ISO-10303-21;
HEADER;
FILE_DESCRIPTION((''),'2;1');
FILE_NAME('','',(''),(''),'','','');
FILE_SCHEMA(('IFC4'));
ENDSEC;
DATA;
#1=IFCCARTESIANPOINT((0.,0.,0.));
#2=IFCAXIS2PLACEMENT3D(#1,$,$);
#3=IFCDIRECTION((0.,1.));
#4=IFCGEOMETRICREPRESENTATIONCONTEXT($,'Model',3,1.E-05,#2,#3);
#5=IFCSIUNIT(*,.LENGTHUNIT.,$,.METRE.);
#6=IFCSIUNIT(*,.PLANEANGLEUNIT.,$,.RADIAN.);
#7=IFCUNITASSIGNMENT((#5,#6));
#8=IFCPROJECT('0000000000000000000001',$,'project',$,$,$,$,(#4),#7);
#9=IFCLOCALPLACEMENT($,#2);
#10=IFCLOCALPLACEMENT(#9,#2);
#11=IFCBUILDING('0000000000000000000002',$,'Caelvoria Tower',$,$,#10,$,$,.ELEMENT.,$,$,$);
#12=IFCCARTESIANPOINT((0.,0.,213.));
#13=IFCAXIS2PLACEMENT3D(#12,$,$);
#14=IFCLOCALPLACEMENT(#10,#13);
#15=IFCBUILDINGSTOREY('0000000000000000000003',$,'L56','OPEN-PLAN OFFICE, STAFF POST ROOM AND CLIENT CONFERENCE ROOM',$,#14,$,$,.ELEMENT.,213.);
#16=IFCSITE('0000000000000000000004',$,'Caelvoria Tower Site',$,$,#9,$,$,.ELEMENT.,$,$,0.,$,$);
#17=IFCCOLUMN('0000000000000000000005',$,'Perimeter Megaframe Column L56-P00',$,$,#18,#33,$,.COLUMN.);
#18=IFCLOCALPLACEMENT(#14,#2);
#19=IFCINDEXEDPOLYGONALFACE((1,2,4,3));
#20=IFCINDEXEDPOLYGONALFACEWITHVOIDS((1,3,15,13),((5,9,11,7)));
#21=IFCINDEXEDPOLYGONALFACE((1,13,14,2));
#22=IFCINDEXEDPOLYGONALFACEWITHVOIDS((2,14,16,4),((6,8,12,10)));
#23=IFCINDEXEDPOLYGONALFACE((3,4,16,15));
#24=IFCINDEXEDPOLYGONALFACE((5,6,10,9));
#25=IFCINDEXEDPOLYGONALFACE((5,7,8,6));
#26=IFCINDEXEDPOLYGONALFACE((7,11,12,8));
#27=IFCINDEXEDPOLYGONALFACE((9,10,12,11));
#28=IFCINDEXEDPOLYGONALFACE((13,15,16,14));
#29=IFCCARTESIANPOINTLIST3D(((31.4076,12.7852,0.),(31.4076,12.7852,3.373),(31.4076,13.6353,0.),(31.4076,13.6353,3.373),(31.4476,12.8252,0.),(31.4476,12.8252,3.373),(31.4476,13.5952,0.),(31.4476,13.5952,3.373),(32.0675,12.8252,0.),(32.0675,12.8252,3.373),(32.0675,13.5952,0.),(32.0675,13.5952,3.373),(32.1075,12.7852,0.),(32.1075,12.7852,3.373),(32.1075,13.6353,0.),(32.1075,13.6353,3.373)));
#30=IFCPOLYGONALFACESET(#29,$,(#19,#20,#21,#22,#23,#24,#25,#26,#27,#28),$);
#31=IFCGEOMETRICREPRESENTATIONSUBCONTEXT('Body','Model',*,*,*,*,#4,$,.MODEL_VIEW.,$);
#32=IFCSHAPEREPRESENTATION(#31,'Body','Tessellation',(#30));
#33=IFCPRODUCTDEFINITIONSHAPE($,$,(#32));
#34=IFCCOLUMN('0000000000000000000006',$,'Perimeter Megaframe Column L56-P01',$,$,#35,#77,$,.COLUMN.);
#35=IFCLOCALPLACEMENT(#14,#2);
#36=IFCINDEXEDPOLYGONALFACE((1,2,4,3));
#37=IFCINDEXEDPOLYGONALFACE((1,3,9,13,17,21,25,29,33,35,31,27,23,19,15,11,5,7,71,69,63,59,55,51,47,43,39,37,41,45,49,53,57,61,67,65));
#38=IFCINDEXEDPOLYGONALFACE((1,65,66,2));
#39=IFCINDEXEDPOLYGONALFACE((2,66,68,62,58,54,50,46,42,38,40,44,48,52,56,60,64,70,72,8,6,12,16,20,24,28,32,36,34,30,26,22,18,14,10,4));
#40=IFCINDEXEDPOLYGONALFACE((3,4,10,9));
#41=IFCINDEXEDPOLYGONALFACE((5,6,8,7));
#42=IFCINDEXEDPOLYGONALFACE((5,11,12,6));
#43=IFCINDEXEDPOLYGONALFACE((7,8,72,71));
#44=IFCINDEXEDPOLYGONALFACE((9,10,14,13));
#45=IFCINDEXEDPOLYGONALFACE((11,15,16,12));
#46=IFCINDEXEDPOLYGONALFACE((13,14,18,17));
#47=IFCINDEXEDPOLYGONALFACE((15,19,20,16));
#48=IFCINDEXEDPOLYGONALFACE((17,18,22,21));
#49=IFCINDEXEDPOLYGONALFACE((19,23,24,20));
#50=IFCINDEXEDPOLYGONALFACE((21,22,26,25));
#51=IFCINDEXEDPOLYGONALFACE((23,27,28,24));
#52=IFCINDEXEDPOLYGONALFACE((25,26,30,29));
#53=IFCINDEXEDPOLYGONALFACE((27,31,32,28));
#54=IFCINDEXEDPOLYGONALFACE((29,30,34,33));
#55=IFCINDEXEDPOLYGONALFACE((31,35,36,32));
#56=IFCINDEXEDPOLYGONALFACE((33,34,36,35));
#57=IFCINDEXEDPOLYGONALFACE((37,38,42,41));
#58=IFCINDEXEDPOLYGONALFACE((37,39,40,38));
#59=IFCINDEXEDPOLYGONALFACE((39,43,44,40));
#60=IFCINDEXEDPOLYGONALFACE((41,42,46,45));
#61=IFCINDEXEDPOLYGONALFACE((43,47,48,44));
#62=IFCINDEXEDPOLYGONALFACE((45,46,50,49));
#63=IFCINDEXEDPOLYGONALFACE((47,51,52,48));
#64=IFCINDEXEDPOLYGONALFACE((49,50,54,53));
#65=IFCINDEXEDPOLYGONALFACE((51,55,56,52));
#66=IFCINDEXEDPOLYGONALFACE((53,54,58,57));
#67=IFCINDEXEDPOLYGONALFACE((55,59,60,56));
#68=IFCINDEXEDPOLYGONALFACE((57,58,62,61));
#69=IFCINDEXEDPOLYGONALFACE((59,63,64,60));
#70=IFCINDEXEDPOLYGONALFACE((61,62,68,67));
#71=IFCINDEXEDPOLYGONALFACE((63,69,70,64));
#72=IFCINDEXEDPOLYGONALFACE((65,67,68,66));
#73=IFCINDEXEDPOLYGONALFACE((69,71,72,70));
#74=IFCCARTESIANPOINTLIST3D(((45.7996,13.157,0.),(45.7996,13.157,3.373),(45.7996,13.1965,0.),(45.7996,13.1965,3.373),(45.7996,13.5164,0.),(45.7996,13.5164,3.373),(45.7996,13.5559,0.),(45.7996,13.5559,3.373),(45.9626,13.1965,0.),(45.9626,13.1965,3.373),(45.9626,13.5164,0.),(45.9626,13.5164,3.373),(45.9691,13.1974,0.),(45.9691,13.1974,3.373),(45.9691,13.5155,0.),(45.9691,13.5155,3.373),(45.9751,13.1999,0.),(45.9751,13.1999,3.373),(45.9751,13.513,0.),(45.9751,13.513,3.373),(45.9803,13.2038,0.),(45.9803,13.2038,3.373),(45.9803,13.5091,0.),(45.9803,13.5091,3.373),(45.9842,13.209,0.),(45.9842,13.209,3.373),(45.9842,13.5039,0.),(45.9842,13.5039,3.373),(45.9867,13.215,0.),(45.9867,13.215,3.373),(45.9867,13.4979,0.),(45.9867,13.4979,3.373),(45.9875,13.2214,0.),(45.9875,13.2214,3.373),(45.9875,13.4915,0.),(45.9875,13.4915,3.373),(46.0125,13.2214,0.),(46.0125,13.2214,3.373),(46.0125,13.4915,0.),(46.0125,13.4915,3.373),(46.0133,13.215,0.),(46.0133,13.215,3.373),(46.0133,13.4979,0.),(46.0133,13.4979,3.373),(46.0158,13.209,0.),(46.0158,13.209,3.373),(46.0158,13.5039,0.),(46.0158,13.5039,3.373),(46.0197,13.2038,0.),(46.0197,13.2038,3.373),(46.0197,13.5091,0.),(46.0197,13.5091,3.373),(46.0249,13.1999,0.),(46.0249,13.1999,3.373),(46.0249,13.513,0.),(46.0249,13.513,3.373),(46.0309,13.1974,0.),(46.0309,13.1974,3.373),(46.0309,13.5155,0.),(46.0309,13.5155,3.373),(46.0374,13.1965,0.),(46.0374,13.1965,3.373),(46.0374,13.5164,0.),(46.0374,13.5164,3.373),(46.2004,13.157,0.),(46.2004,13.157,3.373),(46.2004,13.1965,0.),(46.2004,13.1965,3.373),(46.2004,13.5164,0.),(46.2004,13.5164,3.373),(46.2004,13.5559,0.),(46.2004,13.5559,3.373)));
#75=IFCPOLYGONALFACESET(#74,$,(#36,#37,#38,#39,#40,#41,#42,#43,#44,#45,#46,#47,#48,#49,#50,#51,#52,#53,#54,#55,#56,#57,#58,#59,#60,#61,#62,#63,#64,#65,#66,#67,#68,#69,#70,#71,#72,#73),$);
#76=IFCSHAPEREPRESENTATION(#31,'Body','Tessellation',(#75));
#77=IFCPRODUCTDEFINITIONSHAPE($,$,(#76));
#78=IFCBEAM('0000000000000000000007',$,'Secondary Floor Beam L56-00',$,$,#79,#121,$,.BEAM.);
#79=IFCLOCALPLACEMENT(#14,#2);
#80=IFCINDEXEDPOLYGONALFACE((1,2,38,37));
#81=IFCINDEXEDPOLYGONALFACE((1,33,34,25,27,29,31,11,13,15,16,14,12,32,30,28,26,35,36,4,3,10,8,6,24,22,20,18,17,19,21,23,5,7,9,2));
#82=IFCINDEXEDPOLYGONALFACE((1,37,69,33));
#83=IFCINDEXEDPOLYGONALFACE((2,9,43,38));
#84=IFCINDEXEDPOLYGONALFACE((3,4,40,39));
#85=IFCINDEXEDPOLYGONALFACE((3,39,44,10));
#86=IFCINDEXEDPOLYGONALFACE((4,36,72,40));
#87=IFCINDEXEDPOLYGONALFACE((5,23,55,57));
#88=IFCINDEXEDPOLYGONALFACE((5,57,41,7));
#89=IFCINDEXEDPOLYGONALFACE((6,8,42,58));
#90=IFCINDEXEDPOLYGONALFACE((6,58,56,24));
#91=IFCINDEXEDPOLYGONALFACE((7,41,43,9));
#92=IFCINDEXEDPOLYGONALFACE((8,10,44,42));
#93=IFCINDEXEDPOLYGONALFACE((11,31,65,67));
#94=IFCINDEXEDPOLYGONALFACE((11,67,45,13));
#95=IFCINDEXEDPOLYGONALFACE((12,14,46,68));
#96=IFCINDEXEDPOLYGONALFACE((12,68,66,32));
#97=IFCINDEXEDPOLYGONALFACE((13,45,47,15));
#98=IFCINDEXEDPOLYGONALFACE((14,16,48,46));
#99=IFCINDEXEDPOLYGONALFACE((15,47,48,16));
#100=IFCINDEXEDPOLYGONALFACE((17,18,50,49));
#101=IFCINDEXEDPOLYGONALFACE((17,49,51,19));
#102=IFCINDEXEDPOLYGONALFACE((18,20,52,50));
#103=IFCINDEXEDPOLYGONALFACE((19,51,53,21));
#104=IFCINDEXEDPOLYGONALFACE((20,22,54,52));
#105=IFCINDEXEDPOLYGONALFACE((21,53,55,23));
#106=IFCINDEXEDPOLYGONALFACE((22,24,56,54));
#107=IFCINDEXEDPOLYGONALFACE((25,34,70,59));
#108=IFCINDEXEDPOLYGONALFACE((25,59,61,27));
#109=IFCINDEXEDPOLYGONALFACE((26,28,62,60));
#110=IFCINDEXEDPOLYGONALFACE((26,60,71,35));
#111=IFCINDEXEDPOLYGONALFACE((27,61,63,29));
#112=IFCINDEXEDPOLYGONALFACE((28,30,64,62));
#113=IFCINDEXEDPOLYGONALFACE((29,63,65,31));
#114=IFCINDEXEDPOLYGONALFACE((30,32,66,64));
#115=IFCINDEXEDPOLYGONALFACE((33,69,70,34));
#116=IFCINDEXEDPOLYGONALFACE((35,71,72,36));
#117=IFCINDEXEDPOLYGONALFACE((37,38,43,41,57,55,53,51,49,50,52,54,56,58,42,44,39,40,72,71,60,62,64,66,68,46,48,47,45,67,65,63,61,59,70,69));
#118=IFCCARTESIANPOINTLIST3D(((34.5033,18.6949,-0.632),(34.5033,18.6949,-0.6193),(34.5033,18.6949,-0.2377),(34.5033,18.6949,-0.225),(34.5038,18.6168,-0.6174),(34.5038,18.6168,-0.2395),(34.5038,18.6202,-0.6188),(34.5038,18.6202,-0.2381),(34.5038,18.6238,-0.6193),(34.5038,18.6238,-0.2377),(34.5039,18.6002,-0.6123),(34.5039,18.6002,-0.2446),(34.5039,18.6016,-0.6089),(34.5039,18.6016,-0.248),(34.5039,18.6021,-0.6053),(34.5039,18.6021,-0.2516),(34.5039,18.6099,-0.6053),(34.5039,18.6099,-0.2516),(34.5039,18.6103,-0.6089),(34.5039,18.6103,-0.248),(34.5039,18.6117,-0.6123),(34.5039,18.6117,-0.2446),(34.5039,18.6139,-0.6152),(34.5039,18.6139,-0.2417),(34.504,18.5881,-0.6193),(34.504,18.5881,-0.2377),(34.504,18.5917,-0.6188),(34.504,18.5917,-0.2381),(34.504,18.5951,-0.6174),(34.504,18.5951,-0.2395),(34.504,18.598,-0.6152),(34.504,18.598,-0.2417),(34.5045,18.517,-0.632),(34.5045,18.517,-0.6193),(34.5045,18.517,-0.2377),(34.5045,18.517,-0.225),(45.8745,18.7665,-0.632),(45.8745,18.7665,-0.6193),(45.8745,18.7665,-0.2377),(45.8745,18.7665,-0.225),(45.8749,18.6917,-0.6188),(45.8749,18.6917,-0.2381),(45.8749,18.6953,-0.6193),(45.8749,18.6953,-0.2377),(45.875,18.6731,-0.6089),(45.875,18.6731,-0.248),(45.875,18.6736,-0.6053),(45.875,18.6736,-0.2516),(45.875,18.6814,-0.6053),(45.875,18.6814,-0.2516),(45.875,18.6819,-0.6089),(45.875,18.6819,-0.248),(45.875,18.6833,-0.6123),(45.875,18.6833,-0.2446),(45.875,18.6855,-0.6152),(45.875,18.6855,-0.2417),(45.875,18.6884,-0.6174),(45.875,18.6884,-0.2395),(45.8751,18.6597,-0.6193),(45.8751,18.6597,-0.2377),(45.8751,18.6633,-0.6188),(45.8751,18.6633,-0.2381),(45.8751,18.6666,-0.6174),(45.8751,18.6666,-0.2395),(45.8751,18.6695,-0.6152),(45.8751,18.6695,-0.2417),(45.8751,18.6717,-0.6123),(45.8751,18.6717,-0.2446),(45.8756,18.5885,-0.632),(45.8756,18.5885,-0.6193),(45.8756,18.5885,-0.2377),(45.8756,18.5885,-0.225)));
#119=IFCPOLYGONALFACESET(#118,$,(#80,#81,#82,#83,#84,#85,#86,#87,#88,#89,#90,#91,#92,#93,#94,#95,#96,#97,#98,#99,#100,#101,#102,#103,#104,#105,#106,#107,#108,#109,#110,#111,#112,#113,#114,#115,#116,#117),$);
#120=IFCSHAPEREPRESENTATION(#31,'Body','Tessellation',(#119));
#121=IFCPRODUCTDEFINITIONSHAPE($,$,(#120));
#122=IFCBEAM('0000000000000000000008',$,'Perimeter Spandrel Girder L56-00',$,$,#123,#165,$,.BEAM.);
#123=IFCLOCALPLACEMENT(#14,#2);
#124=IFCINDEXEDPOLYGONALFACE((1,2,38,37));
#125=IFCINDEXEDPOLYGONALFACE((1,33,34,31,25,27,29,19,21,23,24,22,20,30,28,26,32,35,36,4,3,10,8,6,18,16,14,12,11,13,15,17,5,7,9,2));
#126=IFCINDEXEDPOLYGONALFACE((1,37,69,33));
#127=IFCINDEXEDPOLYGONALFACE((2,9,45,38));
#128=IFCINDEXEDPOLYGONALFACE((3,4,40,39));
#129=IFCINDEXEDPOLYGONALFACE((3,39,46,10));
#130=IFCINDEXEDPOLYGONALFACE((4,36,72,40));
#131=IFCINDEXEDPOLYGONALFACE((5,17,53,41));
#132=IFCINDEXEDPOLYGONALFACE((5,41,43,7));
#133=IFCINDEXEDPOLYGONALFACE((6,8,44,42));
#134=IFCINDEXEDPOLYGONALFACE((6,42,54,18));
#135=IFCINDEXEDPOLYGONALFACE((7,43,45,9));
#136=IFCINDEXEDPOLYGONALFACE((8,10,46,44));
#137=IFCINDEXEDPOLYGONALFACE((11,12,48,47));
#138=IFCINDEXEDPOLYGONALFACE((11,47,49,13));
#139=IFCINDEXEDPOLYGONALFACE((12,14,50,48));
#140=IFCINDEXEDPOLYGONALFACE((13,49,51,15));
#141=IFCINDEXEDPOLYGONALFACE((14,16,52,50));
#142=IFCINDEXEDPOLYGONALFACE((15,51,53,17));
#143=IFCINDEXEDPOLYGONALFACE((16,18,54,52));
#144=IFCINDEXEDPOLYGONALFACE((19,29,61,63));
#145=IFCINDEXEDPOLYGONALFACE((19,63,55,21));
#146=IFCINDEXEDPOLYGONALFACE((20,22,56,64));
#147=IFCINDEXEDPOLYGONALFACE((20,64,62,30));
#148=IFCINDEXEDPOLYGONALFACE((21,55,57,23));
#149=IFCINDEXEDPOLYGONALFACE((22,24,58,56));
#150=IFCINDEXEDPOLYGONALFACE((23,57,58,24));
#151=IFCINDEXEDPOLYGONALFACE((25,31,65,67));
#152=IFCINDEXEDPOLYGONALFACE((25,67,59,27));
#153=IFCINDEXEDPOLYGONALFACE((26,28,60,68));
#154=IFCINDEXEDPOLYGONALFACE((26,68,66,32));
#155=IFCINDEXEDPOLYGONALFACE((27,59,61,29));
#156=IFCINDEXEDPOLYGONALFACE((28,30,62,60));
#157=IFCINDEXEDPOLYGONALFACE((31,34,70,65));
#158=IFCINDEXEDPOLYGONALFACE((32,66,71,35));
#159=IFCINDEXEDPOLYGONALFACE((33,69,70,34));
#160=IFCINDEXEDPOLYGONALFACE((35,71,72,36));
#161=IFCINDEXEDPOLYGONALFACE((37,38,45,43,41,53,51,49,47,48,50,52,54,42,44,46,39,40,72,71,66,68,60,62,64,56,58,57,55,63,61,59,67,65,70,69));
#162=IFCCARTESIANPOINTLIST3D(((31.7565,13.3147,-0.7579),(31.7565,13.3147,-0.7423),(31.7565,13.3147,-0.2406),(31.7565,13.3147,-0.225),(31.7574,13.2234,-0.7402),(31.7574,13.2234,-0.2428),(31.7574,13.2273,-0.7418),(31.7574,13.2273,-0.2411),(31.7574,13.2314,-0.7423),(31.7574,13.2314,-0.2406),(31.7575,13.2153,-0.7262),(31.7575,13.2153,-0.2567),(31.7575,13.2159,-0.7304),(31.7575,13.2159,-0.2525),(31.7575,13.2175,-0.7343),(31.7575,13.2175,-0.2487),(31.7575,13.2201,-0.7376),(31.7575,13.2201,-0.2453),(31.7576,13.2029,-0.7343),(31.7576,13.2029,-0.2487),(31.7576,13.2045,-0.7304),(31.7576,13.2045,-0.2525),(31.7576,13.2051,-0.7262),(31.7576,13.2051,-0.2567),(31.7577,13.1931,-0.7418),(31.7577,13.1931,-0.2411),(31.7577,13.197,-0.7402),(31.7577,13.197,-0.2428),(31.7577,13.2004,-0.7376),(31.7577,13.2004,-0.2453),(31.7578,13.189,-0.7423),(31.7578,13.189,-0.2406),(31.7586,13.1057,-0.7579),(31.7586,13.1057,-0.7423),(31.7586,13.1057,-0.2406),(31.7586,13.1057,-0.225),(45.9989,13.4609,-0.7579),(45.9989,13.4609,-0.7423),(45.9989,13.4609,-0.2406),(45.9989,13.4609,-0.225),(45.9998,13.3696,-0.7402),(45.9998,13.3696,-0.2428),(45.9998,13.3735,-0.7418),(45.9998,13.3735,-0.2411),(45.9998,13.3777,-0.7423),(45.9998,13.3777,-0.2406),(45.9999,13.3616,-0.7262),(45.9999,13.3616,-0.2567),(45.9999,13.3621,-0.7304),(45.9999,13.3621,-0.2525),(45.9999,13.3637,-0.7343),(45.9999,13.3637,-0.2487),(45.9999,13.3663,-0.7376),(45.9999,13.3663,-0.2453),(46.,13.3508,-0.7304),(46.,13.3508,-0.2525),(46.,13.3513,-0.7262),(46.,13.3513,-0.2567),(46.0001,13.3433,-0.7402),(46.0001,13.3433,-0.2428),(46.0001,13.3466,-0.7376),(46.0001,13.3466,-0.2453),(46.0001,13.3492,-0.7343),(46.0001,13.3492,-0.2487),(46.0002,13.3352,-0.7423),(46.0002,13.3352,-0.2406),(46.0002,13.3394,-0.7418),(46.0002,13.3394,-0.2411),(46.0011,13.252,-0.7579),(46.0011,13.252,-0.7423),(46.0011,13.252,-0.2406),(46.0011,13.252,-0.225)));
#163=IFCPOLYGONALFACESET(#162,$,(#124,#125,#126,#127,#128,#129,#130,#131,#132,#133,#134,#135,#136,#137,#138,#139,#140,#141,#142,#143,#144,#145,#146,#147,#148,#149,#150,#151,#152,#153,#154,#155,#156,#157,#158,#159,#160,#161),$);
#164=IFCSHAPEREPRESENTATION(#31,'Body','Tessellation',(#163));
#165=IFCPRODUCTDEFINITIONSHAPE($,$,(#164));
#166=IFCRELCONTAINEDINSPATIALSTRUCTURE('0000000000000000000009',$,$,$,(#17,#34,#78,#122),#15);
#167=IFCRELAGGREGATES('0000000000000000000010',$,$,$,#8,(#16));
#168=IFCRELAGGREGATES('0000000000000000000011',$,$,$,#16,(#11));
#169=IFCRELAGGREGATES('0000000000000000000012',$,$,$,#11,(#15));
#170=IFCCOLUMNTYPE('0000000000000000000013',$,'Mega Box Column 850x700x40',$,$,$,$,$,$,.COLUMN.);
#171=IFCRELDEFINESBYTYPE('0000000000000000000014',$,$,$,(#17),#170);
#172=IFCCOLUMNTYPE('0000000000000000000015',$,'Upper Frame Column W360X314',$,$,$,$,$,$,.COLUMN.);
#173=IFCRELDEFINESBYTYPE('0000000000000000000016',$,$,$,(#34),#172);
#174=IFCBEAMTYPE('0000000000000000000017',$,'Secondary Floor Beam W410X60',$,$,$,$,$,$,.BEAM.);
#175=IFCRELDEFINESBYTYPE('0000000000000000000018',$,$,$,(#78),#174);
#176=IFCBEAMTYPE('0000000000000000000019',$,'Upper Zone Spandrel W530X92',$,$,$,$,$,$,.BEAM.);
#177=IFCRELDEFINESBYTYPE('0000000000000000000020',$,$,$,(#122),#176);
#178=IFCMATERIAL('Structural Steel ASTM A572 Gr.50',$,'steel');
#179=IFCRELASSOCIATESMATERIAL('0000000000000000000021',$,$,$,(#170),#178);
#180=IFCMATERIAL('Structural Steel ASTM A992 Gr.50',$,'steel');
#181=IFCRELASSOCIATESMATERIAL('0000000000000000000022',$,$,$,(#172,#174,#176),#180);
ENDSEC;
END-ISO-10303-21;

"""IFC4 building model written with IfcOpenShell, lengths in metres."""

from ifc_helpers import new_model, si_unit, direction, frame, origin, origin_2d, place, context, subcontext, project, spatial, hollow_rectangle, i_section, extrude, material, material_profile, profile_set, type_object, element, save


model = new_model("IFC4")

# Units and contexts
model_context = context("Model", 3, precision=1e-05, world=origin(), true_north=direction((0.0, 1.0)))
body_context = subcontext(model_context, "Body", "Model", "MODEL_VIEW")
ifc_project = project(units=[si_unit("LENGTHUNIT", "METRE"), si_unit("PLANEANGLEUNIT", "RADIAN")], contexts=[model_context])

# Site, building, storey
site_placement = place(None, origin())
site = spatial("IfcSite", under=ifc_project, at=site_placement, Name="Caelvoria Tower Site", CompositionType="ELEMENT", RefElevation=0.0)
building_placement = place(site_placement, origin())
building = spatial("IfcBuilding", under=site, at=building_placement, Name="Caelvoria Tower", CompositionType="ELEMENT")
storey_placement = place(building_placement, frame((0.0, 0.0, 213.0)))
storey = spatial("IfcBuildingStorey", under=building, at=storey_placement, Name="L56", Description="OPEN-PLAN OFFICE, STAFF POST ROOM AND CLIENT CONFERENCE ROOM", CompositionType="ELEMENT", Elevation=213.0)

# Columns
ifc_material_1 = material(Name="Structural Steel ASTM A572 Gr.50", Category="steel")
ifc_material_profile_1 = material_profile(ifc_material_1, hollow_rectangle(XDim=0.7, YDim=0.8501, WallThickness=0.04, at=origin_2d()), Name="Structural Steel ASTM A572 Gr.50")
ifc_profile_set_1 = profile_set([ifc_material_profile_1], Name="BOX850X700X40 - Structural Steel ASTM A572 Gr.50")
column_type_1 = type_object("IfcColumnType", Name="Mega Box Column 850x700x40", PredefinedType="COLUMN", material=ifc_profile_set_1)
column_1_placement = place(storey_placement, frame((31.7576, 13.2102, 0.0), z_axis=(0.0, 0.0, 1.0), x_axis=(1.0, 0.0, 0.0)))
element("IfcColumn", 1, at=column_1_placement, inside=storey, type_object=column_type_1, Name="Perimeter Megaframe Column L56-P00", PredefinedType="COLUMN", context=body_context, shape_type="SweptSolid", body=[
    extrude(hollow_rectangle(XDim=0.7, YDim=0.8501, WallThickness=0.04, at=origin_2d()), origin(), (0.0, 0.0, 1.0), 3.373),
])
ifc_material_2 = material(Name="Structural Steel ASTM A992 Gr.50", Category="steel")
ifc_material_profile_2 = material_profile(ifc_material_2, i_section(OverallWidth=0.4009, OverallDepth=0.3989, WebThickness=0.0249, FlangeThickness=0.0396, FilletRadius=0.0249, at=origin_2d()), Name="Structural Steel ASTM A992 Gr.50")
ifc_profile_set_2 = profile_set([ifc_material_profile_2], Name="W360X314 - Structural Steel ASTM A992 Gr.50")
column_type_2 = type_object("IfcColumnType", Name="Upper Frame Column W360X314", PredefinedType="COLUMN", material=ifc_profile_set_2)
column_2_placement = place(storey_placement, frame((46.0, 13.3564, 0.0), z_axis=(0.0, 0.0, 1.0), x_axis=(1.0, 0.0, 0.0)))
element("IfcColumn", 2, at=column_2_placement, inside=storey, type_object=column_type_2, Name="Perimeter Megaframe Column L56-P01", PredefinedType="COLUMN", context=body_context, shape_type="SweptSolid", body=[
    extrude(i_section(OverallWidth=0.4009, OverallDepth=0.3989, WebThickness=0.0249, FlangeThickness=0.0396, FilletRadius=0.0249, at=origin_2d()), origin(), (0.0, 0.0, 1.0), 3.373),
])

# Beams
ifc_material_profile_3 = material_profile(ifc_material_2, i_section(OverallWidth=0.178, OverallDepth=0.407, WebThickness=0.0078, FlangeThickness=0.0127, FilletRadius=0.0139, at=origin_2d()), Name="Structural Steel ASTM A992 Gr.50")
ifc_profile_set_3 = profile_set([ifc_material_profile_3], Name="W410X60 - Structural Steel ASTM A992 Gr.50")
beam_type_1 = type_object("IfcBeamType", Name="Secondary Floor Beam W410X60", PredefinedType="BEAM", material=ifc_profile_set_3)
beam_1_placement = place(storey_placement, frame((34.5039, 18.606, -0.4285), z_axis=(0.99998, 0.006291, 0.0), x_axis=(-0.006291, 0.99998, 0.0)))
element("IfcBeam", 3, at=beam_1_placement, inside=storey, type_object=beam_type_1, Name="Secondary Floor Beam L56-00", PredefinedType="BEAM", context=body_context, shape_type="SweptSolid", body=[
    extrude(i_section(OverallWidth=0.178, OverallDepth=0.407, WebThickness=0.0078, FlangeThickness=0.0127, FilletRadius=0.0139, at=origin_2d()), origin(), (0.0, 0.0, 1.0), 11.3713),
])
ifc_material_profile_4 = material_profile(ifc_material_2, i_section(OverallWidth=0.209, OverallDepth=0.533, WebThickness=0.0103, FlangeThickness=0.0156, FilletRadius=0.0161, at=origin_2d()), Name="Structural Steel ASTM A992 Gr.50")
ifc_profile_set_4 = profile_set([ifc_material_profile_4], Name="W530X92 - Structural Steel ASTM A992 Gr.50")
beam_type_2 = type_object("IfcBeamType", Name="Upper Zone Spandrel W530X92", PredefinedType="BEAM", material=ifc_profile_set_4)
beam_2_placement = place(storey_placement, frame((31.7576, 13.2102, -0.4915), z_axis=(0.999947, 0.010267, 0.0), x_axis=(-0.010267, 0.999947, 0.0)))
element("IfcBeam", 4, at=beam_2_placement, inside=storey, type_object=beam_type_2, Name="Perimeter Spandrel Girder L56-00", PredefinedType="BEAM", context=body_context, shape_type="SweptSolid", body=[
    extrude(i_section(OverallWidth=0.209, OverallDepth=0.533, WebThickness=0.0103, FlangeThickness=0.0156, FilletRadius=0.0161, at=origin_2d()), origin(), (0.0, 0.0, 1.0), 14.2432),
])

save(model, "model.ifc")
